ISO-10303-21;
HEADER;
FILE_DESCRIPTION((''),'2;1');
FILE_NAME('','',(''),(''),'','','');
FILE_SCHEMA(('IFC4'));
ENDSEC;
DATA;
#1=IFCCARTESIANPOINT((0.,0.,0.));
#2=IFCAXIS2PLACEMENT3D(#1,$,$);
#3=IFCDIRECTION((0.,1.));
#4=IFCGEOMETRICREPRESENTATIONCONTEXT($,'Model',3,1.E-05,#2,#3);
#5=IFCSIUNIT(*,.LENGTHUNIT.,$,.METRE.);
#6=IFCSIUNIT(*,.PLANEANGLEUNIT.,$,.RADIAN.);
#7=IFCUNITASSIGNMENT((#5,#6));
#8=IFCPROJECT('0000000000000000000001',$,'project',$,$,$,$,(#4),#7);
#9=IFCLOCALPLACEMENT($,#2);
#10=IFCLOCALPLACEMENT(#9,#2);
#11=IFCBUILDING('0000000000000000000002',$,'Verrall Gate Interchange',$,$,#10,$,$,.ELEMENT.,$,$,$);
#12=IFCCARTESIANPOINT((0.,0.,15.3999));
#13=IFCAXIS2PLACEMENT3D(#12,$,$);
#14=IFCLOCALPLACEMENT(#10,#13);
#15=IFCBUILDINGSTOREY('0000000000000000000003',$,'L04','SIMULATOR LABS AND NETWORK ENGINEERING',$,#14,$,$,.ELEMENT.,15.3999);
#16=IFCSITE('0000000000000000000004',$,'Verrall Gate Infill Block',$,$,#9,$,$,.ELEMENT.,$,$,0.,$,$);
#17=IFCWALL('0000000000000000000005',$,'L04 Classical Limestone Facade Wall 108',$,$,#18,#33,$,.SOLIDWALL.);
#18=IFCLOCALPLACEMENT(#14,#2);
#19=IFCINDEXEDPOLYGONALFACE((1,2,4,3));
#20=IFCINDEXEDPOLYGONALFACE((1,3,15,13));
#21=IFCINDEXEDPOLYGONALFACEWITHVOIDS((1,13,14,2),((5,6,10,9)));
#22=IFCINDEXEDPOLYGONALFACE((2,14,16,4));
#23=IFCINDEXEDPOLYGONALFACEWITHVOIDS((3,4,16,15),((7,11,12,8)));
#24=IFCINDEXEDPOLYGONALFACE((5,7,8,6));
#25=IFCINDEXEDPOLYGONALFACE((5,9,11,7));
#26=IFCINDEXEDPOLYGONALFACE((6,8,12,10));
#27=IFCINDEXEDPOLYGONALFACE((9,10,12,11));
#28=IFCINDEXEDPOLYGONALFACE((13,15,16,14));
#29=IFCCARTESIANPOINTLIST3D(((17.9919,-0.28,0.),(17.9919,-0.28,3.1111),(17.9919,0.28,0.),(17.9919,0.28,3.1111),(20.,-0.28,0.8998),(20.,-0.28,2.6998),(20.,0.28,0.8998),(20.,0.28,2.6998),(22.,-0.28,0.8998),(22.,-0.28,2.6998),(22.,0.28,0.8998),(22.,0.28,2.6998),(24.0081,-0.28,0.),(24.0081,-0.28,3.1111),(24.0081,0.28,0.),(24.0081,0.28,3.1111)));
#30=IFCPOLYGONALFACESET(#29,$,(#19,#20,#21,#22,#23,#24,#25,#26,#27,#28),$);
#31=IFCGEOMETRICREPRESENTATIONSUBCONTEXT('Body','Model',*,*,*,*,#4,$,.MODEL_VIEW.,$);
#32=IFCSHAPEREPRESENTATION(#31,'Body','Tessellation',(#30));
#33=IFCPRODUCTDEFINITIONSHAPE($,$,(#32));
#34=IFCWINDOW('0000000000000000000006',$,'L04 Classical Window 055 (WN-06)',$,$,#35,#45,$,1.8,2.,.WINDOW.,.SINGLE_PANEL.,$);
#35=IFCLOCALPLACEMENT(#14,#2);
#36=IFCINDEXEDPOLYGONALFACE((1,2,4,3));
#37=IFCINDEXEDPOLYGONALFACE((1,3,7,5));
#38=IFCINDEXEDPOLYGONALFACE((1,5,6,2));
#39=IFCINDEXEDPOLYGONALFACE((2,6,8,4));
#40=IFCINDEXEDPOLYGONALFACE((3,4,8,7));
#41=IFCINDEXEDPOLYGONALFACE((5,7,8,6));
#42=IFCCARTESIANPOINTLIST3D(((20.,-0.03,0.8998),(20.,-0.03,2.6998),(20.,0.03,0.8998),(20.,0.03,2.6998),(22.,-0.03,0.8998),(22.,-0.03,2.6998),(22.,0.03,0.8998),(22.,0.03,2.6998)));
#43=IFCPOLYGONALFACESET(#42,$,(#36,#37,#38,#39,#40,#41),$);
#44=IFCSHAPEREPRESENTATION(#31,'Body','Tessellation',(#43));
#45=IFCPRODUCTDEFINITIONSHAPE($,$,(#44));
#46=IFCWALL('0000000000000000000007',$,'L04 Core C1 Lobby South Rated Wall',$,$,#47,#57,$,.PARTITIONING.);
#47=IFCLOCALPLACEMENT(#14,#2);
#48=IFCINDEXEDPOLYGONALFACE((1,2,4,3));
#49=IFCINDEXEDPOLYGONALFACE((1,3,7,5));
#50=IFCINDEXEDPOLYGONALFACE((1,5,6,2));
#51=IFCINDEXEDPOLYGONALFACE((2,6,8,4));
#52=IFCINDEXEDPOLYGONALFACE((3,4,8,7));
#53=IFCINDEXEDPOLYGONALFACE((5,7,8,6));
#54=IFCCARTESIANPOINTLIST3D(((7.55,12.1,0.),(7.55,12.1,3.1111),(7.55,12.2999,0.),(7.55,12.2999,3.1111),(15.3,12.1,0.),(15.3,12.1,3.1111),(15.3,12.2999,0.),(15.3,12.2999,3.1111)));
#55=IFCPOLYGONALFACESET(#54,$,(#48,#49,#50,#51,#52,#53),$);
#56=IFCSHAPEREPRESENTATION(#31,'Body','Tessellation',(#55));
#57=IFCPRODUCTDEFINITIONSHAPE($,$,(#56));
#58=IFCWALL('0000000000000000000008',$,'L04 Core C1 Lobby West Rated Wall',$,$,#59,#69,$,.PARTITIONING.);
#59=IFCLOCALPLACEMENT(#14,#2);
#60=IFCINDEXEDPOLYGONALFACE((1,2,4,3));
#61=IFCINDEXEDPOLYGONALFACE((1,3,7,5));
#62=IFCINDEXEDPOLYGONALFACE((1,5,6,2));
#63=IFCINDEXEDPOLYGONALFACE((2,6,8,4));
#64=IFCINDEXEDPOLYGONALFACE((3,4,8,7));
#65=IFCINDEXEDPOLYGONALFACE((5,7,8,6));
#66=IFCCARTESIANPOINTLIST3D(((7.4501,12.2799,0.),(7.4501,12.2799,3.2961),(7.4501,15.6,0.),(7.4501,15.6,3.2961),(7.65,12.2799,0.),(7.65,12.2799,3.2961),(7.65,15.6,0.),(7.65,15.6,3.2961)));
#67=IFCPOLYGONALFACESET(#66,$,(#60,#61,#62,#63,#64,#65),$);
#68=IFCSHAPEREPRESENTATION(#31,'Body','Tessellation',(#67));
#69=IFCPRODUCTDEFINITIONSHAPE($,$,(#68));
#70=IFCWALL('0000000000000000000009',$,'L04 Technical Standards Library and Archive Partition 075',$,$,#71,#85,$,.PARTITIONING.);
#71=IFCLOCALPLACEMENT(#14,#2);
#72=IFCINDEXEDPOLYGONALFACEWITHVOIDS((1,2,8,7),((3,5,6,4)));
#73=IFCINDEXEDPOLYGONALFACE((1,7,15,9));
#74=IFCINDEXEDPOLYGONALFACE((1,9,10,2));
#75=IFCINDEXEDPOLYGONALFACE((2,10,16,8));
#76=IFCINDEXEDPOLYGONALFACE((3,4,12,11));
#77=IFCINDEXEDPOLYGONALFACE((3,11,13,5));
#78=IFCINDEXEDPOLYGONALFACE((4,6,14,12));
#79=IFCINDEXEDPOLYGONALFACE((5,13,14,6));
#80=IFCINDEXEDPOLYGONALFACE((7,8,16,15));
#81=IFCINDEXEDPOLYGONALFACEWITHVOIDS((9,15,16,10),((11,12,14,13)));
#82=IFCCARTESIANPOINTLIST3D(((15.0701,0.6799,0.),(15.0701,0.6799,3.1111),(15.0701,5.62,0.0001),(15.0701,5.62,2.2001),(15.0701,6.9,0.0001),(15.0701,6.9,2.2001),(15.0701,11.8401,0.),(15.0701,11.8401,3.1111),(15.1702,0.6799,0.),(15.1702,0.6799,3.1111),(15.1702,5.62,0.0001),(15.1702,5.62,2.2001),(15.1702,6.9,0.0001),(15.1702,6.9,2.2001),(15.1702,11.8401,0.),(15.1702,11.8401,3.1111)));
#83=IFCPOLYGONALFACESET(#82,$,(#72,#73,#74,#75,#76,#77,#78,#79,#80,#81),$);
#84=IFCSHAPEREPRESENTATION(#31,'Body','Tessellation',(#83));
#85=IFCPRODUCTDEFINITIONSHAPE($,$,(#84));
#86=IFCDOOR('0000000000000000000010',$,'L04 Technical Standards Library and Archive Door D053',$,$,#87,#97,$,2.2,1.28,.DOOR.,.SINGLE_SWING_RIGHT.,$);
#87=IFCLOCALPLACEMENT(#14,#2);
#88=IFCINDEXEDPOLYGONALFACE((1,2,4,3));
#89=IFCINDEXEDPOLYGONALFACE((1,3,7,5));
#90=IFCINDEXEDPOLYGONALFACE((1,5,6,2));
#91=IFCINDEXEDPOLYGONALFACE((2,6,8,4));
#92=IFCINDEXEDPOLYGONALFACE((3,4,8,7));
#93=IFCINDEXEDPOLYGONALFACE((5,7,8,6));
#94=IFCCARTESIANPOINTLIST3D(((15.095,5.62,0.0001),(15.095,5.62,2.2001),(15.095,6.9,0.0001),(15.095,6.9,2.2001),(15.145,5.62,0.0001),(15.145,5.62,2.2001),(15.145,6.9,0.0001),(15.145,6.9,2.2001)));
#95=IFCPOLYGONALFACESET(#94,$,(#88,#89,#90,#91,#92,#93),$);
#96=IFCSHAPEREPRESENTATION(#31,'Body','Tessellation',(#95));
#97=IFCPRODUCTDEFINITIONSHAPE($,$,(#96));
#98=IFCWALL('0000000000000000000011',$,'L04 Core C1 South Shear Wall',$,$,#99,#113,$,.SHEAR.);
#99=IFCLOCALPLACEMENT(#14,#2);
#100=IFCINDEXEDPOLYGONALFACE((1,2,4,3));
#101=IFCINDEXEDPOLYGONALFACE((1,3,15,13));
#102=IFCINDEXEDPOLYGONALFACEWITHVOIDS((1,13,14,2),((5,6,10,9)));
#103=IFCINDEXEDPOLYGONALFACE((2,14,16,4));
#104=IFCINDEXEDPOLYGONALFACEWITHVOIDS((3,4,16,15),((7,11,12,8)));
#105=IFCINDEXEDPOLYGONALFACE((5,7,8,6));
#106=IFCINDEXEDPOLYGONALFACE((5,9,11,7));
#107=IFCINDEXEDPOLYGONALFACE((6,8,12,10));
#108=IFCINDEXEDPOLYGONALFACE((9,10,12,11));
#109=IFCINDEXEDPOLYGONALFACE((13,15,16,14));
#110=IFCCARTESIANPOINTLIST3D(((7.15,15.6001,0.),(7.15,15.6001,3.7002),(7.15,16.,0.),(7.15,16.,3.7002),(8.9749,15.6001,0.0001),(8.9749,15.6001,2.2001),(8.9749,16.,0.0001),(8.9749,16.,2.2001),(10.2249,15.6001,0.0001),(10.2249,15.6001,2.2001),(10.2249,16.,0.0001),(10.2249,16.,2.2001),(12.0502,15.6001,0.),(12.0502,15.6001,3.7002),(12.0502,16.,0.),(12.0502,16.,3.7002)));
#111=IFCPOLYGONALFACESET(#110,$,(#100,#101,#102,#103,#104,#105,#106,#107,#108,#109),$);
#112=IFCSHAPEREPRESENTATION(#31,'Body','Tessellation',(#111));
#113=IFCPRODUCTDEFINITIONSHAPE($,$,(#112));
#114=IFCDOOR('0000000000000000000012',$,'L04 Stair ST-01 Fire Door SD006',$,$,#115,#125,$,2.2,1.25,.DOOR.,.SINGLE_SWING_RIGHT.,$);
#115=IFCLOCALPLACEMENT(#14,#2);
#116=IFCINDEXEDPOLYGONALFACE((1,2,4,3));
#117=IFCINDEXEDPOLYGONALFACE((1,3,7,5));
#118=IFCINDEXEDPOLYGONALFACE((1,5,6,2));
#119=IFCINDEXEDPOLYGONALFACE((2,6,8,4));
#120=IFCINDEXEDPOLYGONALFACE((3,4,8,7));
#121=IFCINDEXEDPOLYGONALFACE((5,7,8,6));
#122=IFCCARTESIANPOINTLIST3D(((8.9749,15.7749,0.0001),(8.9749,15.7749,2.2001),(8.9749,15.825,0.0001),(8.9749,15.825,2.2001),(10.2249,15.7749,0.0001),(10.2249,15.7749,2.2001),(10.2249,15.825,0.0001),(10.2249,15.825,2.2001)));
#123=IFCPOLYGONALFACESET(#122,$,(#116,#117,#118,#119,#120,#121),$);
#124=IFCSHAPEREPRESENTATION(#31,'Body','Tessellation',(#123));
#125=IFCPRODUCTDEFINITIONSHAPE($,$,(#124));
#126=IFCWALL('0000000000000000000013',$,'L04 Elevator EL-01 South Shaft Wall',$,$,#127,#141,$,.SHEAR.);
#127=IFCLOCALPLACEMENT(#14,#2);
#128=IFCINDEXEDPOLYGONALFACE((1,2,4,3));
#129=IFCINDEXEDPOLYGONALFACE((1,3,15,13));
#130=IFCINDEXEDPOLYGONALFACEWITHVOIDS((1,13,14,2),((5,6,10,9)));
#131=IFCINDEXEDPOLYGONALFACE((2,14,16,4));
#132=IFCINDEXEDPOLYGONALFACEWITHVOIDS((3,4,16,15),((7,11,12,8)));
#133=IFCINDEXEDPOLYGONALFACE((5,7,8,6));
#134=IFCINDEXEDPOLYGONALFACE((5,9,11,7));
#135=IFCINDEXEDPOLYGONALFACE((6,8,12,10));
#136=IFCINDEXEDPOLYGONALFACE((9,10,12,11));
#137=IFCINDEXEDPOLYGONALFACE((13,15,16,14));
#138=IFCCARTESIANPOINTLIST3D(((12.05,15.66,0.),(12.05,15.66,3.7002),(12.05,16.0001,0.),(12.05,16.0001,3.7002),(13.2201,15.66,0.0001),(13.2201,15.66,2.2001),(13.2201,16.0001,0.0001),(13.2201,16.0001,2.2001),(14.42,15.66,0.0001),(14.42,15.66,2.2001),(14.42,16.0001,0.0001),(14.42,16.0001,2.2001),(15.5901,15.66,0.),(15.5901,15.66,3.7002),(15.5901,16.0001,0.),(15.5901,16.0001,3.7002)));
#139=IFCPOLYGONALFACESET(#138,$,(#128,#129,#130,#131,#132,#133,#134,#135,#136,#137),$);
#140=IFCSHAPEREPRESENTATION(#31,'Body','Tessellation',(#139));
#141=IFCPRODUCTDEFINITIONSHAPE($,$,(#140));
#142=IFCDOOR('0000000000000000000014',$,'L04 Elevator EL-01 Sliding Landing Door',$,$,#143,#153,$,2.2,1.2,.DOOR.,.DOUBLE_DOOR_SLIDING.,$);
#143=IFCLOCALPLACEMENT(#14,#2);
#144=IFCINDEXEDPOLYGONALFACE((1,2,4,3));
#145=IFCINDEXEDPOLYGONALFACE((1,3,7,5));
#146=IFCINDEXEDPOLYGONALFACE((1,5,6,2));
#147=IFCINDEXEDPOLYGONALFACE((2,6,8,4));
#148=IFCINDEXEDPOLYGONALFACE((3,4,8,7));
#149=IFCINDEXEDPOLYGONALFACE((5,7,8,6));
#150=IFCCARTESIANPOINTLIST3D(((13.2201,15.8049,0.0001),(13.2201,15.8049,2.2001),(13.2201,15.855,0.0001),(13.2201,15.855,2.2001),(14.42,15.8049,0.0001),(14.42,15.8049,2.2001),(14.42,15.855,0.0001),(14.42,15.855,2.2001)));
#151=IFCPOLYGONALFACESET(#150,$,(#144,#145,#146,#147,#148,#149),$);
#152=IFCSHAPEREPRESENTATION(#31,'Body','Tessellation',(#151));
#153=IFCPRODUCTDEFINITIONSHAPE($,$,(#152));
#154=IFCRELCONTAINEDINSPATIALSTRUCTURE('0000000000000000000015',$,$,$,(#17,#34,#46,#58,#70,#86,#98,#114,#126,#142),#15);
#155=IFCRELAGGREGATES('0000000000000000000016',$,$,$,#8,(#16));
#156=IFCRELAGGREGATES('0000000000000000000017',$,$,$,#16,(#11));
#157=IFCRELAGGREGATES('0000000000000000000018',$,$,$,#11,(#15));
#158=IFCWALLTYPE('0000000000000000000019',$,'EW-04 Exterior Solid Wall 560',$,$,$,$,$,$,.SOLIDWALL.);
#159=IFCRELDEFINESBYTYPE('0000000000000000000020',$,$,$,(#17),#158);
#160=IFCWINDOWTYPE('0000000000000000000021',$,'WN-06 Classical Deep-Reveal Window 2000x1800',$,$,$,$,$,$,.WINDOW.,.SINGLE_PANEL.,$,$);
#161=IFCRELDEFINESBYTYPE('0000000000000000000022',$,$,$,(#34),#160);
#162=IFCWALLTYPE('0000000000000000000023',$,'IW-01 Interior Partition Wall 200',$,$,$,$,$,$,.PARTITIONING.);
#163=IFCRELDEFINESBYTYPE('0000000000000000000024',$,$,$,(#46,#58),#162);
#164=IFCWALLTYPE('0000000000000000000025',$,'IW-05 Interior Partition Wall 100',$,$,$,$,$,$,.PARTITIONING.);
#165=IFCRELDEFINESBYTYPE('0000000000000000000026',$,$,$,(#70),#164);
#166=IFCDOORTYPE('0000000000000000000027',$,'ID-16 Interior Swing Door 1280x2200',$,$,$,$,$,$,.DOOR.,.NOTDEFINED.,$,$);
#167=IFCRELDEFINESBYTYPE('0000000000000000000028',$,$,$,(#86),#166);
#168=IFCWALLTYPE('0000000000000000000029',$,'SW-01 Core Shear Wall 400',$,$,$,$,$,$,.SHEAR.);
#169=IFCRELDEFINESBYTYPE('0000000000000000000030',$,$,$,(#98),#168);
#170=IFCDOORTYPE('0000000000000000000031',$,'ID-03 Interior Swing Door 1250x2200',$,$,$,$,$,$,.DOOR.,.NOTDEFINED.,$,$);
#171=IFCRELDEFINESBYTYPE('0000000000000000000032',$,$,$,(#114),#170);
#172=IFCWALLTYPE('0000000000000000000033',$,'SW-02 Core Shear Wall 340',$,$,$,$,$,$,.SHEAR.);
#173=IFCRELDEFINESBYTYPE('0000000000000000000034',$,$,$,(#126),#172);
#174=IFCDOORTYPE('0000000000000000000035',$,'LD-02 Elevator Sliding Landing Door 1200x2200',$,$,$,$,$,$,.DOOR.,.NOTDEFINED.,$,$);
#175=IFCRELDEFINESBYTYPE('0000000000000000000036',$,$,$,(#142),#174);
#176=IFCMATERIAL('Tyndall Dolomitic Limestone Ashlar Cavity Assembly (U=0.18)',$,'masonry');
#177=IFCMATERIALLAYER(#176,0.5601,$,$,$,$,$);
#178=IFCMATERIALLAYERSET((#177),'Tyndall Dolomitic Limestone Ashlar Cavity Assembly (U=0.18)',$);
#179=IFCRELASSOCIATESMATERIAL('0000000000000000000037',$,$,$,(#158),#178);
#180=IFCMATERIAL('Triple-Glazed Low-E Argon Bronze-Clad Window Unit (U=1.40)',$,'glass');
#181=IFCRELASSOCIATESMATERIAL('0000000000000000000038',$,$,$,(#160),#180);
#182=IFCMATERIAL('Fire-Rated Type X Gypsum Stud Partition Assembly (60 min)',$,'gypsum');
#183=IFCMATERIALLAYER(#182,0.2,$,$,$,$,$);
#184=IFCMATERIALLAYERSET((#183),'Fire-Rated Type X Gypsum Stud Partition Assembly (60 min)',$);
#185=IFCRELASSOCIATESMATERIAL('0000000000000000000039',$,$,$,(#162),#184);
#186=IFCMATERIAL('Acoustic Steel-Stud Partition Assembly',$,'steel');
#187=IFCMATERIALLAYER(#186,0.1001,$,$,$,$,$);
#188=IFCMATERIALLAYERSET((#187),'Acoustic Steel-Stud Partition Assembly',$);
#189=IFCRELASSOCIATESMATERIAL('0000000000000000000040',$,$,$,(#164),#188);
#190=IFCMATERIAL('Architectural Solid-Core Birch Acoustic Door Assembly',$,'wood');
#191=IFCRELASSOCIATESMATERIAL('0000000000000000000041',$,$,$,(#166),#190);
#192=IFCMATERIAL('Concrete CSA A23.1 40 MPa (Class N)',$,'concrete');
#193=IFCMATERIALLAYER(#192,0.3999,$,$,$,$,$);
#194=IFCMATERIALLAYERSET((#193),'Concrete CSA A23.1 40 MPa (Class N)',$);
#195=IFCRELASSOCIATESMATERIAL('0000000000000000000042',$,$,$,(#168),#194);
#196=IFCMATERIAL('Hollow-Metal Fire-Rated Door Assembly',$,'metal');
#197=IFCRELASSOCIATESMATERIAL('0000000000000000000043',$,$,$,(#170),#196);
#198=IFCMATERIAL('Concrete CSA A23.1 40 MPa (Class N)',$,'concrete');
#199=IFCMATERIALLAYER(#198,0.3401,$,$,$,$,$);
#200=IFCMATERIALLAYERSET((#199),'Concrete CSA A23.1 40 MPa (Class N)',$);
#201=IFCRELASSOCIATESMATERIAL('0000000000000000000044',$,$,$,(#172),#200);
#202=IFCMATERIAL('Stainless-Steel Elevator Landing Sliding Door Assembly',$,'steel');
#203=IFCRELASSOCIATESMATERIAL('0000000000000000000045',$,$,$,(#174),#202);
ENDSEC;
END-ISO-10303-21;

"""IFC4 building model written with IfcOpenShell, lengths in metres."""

from ifc_helpers import new_model, si_unit, direction, frame, frame_2d, origin, place, context, subcontext, project, spatial, rectangle, extrude, material, layer, layer_set, type_object, element, fill, save


model = new_model("IFC4")

# Units and contexts
model_context = context("Model", 3, precision=1e-05, world=origin(), true_north=direction((0.0, 1.0)))
body_context = subcontext(model_context, "Body", "Model", "MODEL_VIEW")
ifc_project = project(units=[si_unit("LENGTHUNIT", "METRE"), si_unit("PLANEANGLEUNIT", "RADIAN")], contexts=[model_context])

# Site, building, storey
site_placement = place(None, origin())
site = spatial("IfcSite", under=ifc_project, at=site_placement, Name="Verrall Gate Infill Block", CompositionType="ELEMENT", RefElevation=0.0)
building_placement = place(site_placement, origin())
building = spatial("IfcBuilding", under=site, at=building_placement, Name="Verrall Gate Interchange", CompositionType="ELEMENT")
storey_placement = place(building_placement, frame((0.0, 0.0, 15.3999)))
storey = spatial("IfcBuildingStorey", under=building, at=storey_placement, Name="L04", Description="SIMULATOR LABS AND NETWORK ENGINEERING", CompositionType="ELEMENT", Elevation=15.3999)

# Wall, opening, window
ifc_material_1 = material(Name="Tyndall Dolomitic Limestone Ashlar Cavity Assembly (U=0.18)", Category="masonry")
ifc_layer_1 = layer(ifc_material_1, 0.5601)
ifc_layer_set_1 = layer_set([ifc_layer_1], Name="Tyndall Dolomitic Limestone Ashlar Cavity Assembly (U=0.18)")
wall_type_1 = type_object("IfcWallType", Name="EW-04 Exterior Solid Wall 560", PredefinedType="SOLIDWALL", material=ifc_layer_set_1)
wall_1_placement = place(storey_placement, frame((17.9919, 0.0, 0.0), z_axis=(0.0, 0.0, 1.0), x_axis=(1.0, 0.0, 0.0)))
wall_1 = element("IfcWall", 1, at=wall_1_placement, inside=storey, type_object=wall_type_1, Name="L04 Classical Limestone Facade Wall 108", PredefinedType="SOLIDWALL", context=body_context, shape_type="SweptSolid", body=[
    extrude(rectangle(XDim=6.0161, YDim=0.5601, at=frame_2d((3.0081, 0.0))), origin(), (0.0, 0.0, 1.0), 3.1111),
])
opening_1_placement = place(wall_1_placement, frame((2.0081, 0.0, 0.8999)))
opening_1 = element("IfcOpeningElement", 2, at=opening_1_placement, cuts=wall_1, PredefinedType="OPENING", context=body_context, shape_type="SweptSolid", body=[
    extrude(rectangle(XDim=2.0, YDim=1.8, at=frame_2d((1.0, 0.8999))), frame((0.0, 0.2949, 0.0), z_axis=(0.0, -1.0, 0.0), x_axis=(1.0, 0.0, 0.0)), (0.0, 0.0, 1.0), 0.5898),
])
ifc_material_2 = material(Name="Triple-Glazed Low-E Argon Bronze-Clad Window Unit (U=1.40)", Category="glass")
window_type_1 = type_object("IfcWindowType", Name="WN-06 Classical Deep-Reveal Window 2000x1800", PartitioningType="SINGLE_PANEL", PredefinedType="WINDOW", material=ifc_material_2)
window_1_placement = place(opening_1_placement, origin())
window_1 = element("IfcWindow", 3, at=window_1_placement, inside=storey, type_object=window_type_1, Name="L04 Classical Window 055 (WN-06)", OverallHeight=1.8, OverallWidth=2.0, PartitioningType="SINGLE_PANEL", PredefinedType="WINDOW", context=body_context, shape_type="SweptSolid", body=[
    extrude(rectangle(XDim=2.0, YDim=1.8, at=frame_2d((1.0, 0.8999))), frame((0.0, 0.03, 0.0), z_axis=(0.0, -1.0, 0.0), x_axis=(1.0, 0.0, 0.0)), (0.0, 0.0, 1.0), 0.0601),
])
fill(opening_1, window_1)

# Walls
ifc_material_3 = material(Name="Fire-Rated Type X Gypsum Stud Partition Assembly (60 min)", Category="gypsum")
ifc_layer_2 = layer(ifc_material_3, 0.2)
ifc_layer_set_2 = layer_set([ifc_layer_2], Name="Fire-Rated Type X Gypsum Stud Partition Assembly (60 min)")
wall_type_2 = type_object("IfcWallType", Name="IW-01 Interior Partition Wall 200", PredefinedType="PARTITIONING", material=ifc_layer_set_2)
wall_2_placement = place(storey_placement, frame((7.55, 12.2, 0.0), z_axis=(0.0, 0.0, 1.0), x_axis=(1.0, 0.0, 0.0)))
element("IfcWall", 4, at=wall_2_placement, inside=storey, type_object=wall_type_2, Name="L04 Core C1 Lobby South Rated Wall", PredefinedType="PARTITIONING", context=body_context, shape_type="SweptSolid", body=[
    extrude(rectangle(XDim=7.75, YDim=0.2, at=frame_2d((3.875, 0.0))), origin(), (0.0, 0.0, 1.0), 3.1111),
])
wall_3_placement = place(storey_placement, frame((7.55, 15.6001, 0.0), z_axis=(0.0, 0.0, 1.0), x_axis=(0.0, -1.0, 0.0)))
element("IfcWall", 5, at=wall_3_placement, inside=storey, type_object=wall_type_2, Name="L04 Core C1 Lobby West Rated Wall", PredefinedType="PARTITIONING", context=body_context, shape_type="SweptSolid", body=[
    extrude(rectangle(XDim=3.3201, YDim=0.2, at=frame_2d((1.6602, 0.0))), origin(), (0.0, 0.0, 1.0), 3.2961),
])

# Walls, openings, doors
ifc_material_4 = material(Name="Acoustic Steel-Stud Partition Assembly", Category="steel")
ifc_layer_3 = layer(ifc_material_4, 0.1001)
ifc_layer_set_3 = layer_set([ifc_layer_3], Name="Acoustic Steel-Stud Partition Assembly")
wall_type_3 = type_object("IfcWallType", Name="IW-05 Interior Partition Wall 100", PredefinedType="PARTITIONING", material=ifc_layer_set_3)
wall_4_placement = place(storey_placement, frame((15.1201, 11.8401, 0.0), z_axis=(0.0, 0.0, 1.0), x_axis=(0.0, -1.0, 0.0)))
wall_4 = element("IfcWall", 6, at=wall_4_placement, inside=storey, type_object=wall_type_3, Name="L04 Technical Standards Library and Archive Partition 075", PredefinedType="PARTITIONING", context=body_context, shape_type="SweptSolid", body=[
    extrude(rectangle(XDim=11.1602, YDim=0.1001, at=frame_2d((5.5801, 0.0))), origin(), (0.0, 0.0, 1.0), 3.1111),
])
opening_2_placement = place(wall_4_placement, frame((4.9399, 0.0, 0.0)))
opening_2 = element("IfcOpeningElement", 7, at=opening_2_placement, cuts=wall_4, PredefinedType="OPENING", context=body_context, shape_type="SweptSolid", body=[
    extrude(rectangle(XDim=1.28, YDim=2.2, at=frame_2d((0.6401, 1.1001))), frame((0.0, 0.0649, 0.0), z_axis=(0.0, -1.0, 0.0), x_axis=(1.0, 0.0, 0.0)), (0.0, 0.0, 1.0), 0.1299),
])
ifc_material_5 = material(Name="Architectural Solid-Core Birch Acoustic Door Assembly", Category="wood")
door_type_1 = type_object("IfcDoorType", Name="ID-16 Interior Swing Door 1280x2200", OperationType="NOTDEFINED", PredefinedType="DOOR", material=ifc_material_5)
door_1_placement = place(opening_2_placement, origin())
door_1 = element("IfcDoor", 8, at=door_1_placement, inside=storey, type_object=door_type_1, Name="L04 Technical Standards Library and Archive Door D053", OperationType="SINGLE_SWING_RIGHT", OverallHeight=2.2, OverallWidth=1.28, PredefinedType="DOOR", context=body_context, shape_type="SweptSolid", body=[
    extrude(rectangle(XDim=1.28, YDim=2.2, at=frame_2d((0.6401, 1.1001))), frame((0.0, 0.0249, 0.0), z_axis=(0.0, -1.0, 0.0), x_axis=(1.0, 0.0, 0.0)), (0.0, 0.0, 1.0), 0.05),
])
fill(opening_2, door_1)
ifc_material_6 = material(Name="Concrete CSA A23.1 40 MPa (Class N)", Category="concrete")
ifc_layer_4 = layer(ifc_material_6, 0.3999)
ifc_layer_set_4 = layer_set([ifc_layer_4], Name="Concrete CSA A23.1 40 MPa (Class N)")
wall_type_4 = type_object("IfcWallType", Name="SW-01 Core Shear Wall 400", PredefinedType="SHEAR", material=ifc_layer_set_4)
wall_5_placement = place(storey_placement, frame((7.1499, 15.8, 0.0), z_axis=(0.0, 0.0, 1.0), x_axis=(1.0, 0.0, 0.0)))
wall_5 = element("IfcWall", 9, at=wall_5_placement, inside=storey, type_object=wall_type_4, Name="L04 Core C1 South Shear Wall", PredefinedType="SHEAR", context=body_context, shape_type="SweptSolid", body=[
    extrude(rectangle(XDim=4.9001, YDim=0.3999, at=frame_2d((2.4502, 0.0))), origin(), (0.0, 0.0, 1.0), 3.7002),
])
opening_3_placement = place(wall_5_placement, frame((1.825, 0.0, 0.0)))
opening_3 = element("IfcOpeningElement", 10, at=opening_3_placement, cuts=wall_5, PredefinedType="OPENING", context=body_context, shape_type="SweptSolid", body=[
    extrude(rectangle(XDim=1.25, YDim=2.2, at=frame_2d((0.625, 1.1001))), frame((0.0, 0.2148, 0.0), z_axis=(0.0, -1.0, 0.0), x_axis=(1.0, 0.0, 0.0)), (0.0, 0.0, 1.0), 0.4297),
])
ifc_material_7 = material(Name="Hollow-Metal Fire-Rated Door Assembly", Category="metal")
door_type_2 = type_object("IfcDoorType", Name="ID-03 Interior Swing Door 1250x2200", OperationType="NOTDEFINED", PredefinedType="DOOR", material=ifc_material_7)
door_2_placement = place(opening_3_placement, origin())
door_2 = element("IfcDoor", 11, at=door_2_placement, inside=storey, type_object=door_type_2, Name="L04 Stair ST-01 Fire Door SD006", OperationType="SINGLE_SWING_RIGHT", OverallHeight=2.2, OverallWidth=1.25, PredefinedType="DOOR", context=body_context, shape_type="SweptSolid", body=[
    extrude(rectangle(XDim=1.25, YDim=2.2, at=frame_2d((0.625, 1.1001))), frame((0.0, 0.0249, 0.0), z_axis=(0.0, -1.0, 0.0), x_axis=(1.0, 0.0, 0.0)), (0.0, 0.0, 1.0), 0.05),
])
fill(opening_3, door_2)
ifc_material_8 = material(Name="Concrete CSA A23.1 40 MPa (Class N)", Category="concrete")
ifc_layer_5 = layer(ifc_material_8, 0.3401)
ifc_layer_set_5 = layer_set([ifc_layer_5], Name="Concrete CSA A23.1 40 MPa (Class N)")
wall_type_5 = type_object("IfcWallType", Name="SW-02 Core Shear Wall 340", PredefinedType="SHEAR", material=ifc_layer_set_5)
wall_6_placement = place(storey_placement, frame((12.05, 15.8301, 0.0), z_axis=(0.0, 0.0, 1.0), x_axis=(1.0, 0.0, 0.0)))
wall_6 = element("IfcWall", 12, at=wall_6_placement, inside=storey, type_object=wall_type_5, Name="L04 Elevator EL-01 South Shaft Wall", PredefinedType="SHEAR", context=body_context, shape_type="SweptSolid", body=[
    extrude(rectangle(XDim=3.54, YDim=0.3401, at=frame_2d((1.77, 0.0))), origin(), (0.0, 0.0, 1.0), 3.7002),
])
opening_4_placement = place(wall_6_placement, frame((1.1699, 0.0, 0.0)))
opening_4 = element("IfcOpeningElement", 13, at=opening_4_placement, cuts=wall_6, PredefinedType="OPENING", context=body_context, shape_type="SweptSolid", body=[
    extrude(rectangle(XDim=1.2, YDim=2.2, at=frame_2d((0.6001, 1.1001))), frame((0.0, 0.1851, 0.0), z_axis=(0.0, -1.0, 0.0), x_axis=(1.0, 0.0, 0.0)), (0.0, 0.0, 1.0), 0.3699),
])
ifc_material_9 = material(Name="Stainless-Steel Elevator Landing Sliding Door Assembly", Category="steel")
door_type_3 = type_object("IfcDoorType", Name="LD-02 Elevator Sliding Landing Door 1200x2200", OperationType="NOTDEFINED", PredefinedType="DOOR", material=ifc_material_9)
door_3_placement = place(opening_4_placement, origin())
door_3 = element("IfcDoor", 14, at=door_3_placement, inside=storey, type_object=door_type_3, Name="L04 Elevator EL-01 Sliding Landing Door", OperationType="DOUBLE_DOOR_SLIDING", OverallHeight=2.2, OverallWidth=1.2, PredefinedType="DOOR", context=body_context, shape_type="SweptSolid", body=[
    extrude(rectangle(XDim=1.2, YDim=2.2, at=frame_2d((0.6001, 1.1001))), frame((0.0, 0.0249, 0.0), z_axis=(0.0, -1.0, 0.0), x_axis=(1.0, 0.0, 0.0)), (0.0, 0.0, 1.0), 0.05),
])
fill(opening_4, door_3)

save(model, "model.ifc")
